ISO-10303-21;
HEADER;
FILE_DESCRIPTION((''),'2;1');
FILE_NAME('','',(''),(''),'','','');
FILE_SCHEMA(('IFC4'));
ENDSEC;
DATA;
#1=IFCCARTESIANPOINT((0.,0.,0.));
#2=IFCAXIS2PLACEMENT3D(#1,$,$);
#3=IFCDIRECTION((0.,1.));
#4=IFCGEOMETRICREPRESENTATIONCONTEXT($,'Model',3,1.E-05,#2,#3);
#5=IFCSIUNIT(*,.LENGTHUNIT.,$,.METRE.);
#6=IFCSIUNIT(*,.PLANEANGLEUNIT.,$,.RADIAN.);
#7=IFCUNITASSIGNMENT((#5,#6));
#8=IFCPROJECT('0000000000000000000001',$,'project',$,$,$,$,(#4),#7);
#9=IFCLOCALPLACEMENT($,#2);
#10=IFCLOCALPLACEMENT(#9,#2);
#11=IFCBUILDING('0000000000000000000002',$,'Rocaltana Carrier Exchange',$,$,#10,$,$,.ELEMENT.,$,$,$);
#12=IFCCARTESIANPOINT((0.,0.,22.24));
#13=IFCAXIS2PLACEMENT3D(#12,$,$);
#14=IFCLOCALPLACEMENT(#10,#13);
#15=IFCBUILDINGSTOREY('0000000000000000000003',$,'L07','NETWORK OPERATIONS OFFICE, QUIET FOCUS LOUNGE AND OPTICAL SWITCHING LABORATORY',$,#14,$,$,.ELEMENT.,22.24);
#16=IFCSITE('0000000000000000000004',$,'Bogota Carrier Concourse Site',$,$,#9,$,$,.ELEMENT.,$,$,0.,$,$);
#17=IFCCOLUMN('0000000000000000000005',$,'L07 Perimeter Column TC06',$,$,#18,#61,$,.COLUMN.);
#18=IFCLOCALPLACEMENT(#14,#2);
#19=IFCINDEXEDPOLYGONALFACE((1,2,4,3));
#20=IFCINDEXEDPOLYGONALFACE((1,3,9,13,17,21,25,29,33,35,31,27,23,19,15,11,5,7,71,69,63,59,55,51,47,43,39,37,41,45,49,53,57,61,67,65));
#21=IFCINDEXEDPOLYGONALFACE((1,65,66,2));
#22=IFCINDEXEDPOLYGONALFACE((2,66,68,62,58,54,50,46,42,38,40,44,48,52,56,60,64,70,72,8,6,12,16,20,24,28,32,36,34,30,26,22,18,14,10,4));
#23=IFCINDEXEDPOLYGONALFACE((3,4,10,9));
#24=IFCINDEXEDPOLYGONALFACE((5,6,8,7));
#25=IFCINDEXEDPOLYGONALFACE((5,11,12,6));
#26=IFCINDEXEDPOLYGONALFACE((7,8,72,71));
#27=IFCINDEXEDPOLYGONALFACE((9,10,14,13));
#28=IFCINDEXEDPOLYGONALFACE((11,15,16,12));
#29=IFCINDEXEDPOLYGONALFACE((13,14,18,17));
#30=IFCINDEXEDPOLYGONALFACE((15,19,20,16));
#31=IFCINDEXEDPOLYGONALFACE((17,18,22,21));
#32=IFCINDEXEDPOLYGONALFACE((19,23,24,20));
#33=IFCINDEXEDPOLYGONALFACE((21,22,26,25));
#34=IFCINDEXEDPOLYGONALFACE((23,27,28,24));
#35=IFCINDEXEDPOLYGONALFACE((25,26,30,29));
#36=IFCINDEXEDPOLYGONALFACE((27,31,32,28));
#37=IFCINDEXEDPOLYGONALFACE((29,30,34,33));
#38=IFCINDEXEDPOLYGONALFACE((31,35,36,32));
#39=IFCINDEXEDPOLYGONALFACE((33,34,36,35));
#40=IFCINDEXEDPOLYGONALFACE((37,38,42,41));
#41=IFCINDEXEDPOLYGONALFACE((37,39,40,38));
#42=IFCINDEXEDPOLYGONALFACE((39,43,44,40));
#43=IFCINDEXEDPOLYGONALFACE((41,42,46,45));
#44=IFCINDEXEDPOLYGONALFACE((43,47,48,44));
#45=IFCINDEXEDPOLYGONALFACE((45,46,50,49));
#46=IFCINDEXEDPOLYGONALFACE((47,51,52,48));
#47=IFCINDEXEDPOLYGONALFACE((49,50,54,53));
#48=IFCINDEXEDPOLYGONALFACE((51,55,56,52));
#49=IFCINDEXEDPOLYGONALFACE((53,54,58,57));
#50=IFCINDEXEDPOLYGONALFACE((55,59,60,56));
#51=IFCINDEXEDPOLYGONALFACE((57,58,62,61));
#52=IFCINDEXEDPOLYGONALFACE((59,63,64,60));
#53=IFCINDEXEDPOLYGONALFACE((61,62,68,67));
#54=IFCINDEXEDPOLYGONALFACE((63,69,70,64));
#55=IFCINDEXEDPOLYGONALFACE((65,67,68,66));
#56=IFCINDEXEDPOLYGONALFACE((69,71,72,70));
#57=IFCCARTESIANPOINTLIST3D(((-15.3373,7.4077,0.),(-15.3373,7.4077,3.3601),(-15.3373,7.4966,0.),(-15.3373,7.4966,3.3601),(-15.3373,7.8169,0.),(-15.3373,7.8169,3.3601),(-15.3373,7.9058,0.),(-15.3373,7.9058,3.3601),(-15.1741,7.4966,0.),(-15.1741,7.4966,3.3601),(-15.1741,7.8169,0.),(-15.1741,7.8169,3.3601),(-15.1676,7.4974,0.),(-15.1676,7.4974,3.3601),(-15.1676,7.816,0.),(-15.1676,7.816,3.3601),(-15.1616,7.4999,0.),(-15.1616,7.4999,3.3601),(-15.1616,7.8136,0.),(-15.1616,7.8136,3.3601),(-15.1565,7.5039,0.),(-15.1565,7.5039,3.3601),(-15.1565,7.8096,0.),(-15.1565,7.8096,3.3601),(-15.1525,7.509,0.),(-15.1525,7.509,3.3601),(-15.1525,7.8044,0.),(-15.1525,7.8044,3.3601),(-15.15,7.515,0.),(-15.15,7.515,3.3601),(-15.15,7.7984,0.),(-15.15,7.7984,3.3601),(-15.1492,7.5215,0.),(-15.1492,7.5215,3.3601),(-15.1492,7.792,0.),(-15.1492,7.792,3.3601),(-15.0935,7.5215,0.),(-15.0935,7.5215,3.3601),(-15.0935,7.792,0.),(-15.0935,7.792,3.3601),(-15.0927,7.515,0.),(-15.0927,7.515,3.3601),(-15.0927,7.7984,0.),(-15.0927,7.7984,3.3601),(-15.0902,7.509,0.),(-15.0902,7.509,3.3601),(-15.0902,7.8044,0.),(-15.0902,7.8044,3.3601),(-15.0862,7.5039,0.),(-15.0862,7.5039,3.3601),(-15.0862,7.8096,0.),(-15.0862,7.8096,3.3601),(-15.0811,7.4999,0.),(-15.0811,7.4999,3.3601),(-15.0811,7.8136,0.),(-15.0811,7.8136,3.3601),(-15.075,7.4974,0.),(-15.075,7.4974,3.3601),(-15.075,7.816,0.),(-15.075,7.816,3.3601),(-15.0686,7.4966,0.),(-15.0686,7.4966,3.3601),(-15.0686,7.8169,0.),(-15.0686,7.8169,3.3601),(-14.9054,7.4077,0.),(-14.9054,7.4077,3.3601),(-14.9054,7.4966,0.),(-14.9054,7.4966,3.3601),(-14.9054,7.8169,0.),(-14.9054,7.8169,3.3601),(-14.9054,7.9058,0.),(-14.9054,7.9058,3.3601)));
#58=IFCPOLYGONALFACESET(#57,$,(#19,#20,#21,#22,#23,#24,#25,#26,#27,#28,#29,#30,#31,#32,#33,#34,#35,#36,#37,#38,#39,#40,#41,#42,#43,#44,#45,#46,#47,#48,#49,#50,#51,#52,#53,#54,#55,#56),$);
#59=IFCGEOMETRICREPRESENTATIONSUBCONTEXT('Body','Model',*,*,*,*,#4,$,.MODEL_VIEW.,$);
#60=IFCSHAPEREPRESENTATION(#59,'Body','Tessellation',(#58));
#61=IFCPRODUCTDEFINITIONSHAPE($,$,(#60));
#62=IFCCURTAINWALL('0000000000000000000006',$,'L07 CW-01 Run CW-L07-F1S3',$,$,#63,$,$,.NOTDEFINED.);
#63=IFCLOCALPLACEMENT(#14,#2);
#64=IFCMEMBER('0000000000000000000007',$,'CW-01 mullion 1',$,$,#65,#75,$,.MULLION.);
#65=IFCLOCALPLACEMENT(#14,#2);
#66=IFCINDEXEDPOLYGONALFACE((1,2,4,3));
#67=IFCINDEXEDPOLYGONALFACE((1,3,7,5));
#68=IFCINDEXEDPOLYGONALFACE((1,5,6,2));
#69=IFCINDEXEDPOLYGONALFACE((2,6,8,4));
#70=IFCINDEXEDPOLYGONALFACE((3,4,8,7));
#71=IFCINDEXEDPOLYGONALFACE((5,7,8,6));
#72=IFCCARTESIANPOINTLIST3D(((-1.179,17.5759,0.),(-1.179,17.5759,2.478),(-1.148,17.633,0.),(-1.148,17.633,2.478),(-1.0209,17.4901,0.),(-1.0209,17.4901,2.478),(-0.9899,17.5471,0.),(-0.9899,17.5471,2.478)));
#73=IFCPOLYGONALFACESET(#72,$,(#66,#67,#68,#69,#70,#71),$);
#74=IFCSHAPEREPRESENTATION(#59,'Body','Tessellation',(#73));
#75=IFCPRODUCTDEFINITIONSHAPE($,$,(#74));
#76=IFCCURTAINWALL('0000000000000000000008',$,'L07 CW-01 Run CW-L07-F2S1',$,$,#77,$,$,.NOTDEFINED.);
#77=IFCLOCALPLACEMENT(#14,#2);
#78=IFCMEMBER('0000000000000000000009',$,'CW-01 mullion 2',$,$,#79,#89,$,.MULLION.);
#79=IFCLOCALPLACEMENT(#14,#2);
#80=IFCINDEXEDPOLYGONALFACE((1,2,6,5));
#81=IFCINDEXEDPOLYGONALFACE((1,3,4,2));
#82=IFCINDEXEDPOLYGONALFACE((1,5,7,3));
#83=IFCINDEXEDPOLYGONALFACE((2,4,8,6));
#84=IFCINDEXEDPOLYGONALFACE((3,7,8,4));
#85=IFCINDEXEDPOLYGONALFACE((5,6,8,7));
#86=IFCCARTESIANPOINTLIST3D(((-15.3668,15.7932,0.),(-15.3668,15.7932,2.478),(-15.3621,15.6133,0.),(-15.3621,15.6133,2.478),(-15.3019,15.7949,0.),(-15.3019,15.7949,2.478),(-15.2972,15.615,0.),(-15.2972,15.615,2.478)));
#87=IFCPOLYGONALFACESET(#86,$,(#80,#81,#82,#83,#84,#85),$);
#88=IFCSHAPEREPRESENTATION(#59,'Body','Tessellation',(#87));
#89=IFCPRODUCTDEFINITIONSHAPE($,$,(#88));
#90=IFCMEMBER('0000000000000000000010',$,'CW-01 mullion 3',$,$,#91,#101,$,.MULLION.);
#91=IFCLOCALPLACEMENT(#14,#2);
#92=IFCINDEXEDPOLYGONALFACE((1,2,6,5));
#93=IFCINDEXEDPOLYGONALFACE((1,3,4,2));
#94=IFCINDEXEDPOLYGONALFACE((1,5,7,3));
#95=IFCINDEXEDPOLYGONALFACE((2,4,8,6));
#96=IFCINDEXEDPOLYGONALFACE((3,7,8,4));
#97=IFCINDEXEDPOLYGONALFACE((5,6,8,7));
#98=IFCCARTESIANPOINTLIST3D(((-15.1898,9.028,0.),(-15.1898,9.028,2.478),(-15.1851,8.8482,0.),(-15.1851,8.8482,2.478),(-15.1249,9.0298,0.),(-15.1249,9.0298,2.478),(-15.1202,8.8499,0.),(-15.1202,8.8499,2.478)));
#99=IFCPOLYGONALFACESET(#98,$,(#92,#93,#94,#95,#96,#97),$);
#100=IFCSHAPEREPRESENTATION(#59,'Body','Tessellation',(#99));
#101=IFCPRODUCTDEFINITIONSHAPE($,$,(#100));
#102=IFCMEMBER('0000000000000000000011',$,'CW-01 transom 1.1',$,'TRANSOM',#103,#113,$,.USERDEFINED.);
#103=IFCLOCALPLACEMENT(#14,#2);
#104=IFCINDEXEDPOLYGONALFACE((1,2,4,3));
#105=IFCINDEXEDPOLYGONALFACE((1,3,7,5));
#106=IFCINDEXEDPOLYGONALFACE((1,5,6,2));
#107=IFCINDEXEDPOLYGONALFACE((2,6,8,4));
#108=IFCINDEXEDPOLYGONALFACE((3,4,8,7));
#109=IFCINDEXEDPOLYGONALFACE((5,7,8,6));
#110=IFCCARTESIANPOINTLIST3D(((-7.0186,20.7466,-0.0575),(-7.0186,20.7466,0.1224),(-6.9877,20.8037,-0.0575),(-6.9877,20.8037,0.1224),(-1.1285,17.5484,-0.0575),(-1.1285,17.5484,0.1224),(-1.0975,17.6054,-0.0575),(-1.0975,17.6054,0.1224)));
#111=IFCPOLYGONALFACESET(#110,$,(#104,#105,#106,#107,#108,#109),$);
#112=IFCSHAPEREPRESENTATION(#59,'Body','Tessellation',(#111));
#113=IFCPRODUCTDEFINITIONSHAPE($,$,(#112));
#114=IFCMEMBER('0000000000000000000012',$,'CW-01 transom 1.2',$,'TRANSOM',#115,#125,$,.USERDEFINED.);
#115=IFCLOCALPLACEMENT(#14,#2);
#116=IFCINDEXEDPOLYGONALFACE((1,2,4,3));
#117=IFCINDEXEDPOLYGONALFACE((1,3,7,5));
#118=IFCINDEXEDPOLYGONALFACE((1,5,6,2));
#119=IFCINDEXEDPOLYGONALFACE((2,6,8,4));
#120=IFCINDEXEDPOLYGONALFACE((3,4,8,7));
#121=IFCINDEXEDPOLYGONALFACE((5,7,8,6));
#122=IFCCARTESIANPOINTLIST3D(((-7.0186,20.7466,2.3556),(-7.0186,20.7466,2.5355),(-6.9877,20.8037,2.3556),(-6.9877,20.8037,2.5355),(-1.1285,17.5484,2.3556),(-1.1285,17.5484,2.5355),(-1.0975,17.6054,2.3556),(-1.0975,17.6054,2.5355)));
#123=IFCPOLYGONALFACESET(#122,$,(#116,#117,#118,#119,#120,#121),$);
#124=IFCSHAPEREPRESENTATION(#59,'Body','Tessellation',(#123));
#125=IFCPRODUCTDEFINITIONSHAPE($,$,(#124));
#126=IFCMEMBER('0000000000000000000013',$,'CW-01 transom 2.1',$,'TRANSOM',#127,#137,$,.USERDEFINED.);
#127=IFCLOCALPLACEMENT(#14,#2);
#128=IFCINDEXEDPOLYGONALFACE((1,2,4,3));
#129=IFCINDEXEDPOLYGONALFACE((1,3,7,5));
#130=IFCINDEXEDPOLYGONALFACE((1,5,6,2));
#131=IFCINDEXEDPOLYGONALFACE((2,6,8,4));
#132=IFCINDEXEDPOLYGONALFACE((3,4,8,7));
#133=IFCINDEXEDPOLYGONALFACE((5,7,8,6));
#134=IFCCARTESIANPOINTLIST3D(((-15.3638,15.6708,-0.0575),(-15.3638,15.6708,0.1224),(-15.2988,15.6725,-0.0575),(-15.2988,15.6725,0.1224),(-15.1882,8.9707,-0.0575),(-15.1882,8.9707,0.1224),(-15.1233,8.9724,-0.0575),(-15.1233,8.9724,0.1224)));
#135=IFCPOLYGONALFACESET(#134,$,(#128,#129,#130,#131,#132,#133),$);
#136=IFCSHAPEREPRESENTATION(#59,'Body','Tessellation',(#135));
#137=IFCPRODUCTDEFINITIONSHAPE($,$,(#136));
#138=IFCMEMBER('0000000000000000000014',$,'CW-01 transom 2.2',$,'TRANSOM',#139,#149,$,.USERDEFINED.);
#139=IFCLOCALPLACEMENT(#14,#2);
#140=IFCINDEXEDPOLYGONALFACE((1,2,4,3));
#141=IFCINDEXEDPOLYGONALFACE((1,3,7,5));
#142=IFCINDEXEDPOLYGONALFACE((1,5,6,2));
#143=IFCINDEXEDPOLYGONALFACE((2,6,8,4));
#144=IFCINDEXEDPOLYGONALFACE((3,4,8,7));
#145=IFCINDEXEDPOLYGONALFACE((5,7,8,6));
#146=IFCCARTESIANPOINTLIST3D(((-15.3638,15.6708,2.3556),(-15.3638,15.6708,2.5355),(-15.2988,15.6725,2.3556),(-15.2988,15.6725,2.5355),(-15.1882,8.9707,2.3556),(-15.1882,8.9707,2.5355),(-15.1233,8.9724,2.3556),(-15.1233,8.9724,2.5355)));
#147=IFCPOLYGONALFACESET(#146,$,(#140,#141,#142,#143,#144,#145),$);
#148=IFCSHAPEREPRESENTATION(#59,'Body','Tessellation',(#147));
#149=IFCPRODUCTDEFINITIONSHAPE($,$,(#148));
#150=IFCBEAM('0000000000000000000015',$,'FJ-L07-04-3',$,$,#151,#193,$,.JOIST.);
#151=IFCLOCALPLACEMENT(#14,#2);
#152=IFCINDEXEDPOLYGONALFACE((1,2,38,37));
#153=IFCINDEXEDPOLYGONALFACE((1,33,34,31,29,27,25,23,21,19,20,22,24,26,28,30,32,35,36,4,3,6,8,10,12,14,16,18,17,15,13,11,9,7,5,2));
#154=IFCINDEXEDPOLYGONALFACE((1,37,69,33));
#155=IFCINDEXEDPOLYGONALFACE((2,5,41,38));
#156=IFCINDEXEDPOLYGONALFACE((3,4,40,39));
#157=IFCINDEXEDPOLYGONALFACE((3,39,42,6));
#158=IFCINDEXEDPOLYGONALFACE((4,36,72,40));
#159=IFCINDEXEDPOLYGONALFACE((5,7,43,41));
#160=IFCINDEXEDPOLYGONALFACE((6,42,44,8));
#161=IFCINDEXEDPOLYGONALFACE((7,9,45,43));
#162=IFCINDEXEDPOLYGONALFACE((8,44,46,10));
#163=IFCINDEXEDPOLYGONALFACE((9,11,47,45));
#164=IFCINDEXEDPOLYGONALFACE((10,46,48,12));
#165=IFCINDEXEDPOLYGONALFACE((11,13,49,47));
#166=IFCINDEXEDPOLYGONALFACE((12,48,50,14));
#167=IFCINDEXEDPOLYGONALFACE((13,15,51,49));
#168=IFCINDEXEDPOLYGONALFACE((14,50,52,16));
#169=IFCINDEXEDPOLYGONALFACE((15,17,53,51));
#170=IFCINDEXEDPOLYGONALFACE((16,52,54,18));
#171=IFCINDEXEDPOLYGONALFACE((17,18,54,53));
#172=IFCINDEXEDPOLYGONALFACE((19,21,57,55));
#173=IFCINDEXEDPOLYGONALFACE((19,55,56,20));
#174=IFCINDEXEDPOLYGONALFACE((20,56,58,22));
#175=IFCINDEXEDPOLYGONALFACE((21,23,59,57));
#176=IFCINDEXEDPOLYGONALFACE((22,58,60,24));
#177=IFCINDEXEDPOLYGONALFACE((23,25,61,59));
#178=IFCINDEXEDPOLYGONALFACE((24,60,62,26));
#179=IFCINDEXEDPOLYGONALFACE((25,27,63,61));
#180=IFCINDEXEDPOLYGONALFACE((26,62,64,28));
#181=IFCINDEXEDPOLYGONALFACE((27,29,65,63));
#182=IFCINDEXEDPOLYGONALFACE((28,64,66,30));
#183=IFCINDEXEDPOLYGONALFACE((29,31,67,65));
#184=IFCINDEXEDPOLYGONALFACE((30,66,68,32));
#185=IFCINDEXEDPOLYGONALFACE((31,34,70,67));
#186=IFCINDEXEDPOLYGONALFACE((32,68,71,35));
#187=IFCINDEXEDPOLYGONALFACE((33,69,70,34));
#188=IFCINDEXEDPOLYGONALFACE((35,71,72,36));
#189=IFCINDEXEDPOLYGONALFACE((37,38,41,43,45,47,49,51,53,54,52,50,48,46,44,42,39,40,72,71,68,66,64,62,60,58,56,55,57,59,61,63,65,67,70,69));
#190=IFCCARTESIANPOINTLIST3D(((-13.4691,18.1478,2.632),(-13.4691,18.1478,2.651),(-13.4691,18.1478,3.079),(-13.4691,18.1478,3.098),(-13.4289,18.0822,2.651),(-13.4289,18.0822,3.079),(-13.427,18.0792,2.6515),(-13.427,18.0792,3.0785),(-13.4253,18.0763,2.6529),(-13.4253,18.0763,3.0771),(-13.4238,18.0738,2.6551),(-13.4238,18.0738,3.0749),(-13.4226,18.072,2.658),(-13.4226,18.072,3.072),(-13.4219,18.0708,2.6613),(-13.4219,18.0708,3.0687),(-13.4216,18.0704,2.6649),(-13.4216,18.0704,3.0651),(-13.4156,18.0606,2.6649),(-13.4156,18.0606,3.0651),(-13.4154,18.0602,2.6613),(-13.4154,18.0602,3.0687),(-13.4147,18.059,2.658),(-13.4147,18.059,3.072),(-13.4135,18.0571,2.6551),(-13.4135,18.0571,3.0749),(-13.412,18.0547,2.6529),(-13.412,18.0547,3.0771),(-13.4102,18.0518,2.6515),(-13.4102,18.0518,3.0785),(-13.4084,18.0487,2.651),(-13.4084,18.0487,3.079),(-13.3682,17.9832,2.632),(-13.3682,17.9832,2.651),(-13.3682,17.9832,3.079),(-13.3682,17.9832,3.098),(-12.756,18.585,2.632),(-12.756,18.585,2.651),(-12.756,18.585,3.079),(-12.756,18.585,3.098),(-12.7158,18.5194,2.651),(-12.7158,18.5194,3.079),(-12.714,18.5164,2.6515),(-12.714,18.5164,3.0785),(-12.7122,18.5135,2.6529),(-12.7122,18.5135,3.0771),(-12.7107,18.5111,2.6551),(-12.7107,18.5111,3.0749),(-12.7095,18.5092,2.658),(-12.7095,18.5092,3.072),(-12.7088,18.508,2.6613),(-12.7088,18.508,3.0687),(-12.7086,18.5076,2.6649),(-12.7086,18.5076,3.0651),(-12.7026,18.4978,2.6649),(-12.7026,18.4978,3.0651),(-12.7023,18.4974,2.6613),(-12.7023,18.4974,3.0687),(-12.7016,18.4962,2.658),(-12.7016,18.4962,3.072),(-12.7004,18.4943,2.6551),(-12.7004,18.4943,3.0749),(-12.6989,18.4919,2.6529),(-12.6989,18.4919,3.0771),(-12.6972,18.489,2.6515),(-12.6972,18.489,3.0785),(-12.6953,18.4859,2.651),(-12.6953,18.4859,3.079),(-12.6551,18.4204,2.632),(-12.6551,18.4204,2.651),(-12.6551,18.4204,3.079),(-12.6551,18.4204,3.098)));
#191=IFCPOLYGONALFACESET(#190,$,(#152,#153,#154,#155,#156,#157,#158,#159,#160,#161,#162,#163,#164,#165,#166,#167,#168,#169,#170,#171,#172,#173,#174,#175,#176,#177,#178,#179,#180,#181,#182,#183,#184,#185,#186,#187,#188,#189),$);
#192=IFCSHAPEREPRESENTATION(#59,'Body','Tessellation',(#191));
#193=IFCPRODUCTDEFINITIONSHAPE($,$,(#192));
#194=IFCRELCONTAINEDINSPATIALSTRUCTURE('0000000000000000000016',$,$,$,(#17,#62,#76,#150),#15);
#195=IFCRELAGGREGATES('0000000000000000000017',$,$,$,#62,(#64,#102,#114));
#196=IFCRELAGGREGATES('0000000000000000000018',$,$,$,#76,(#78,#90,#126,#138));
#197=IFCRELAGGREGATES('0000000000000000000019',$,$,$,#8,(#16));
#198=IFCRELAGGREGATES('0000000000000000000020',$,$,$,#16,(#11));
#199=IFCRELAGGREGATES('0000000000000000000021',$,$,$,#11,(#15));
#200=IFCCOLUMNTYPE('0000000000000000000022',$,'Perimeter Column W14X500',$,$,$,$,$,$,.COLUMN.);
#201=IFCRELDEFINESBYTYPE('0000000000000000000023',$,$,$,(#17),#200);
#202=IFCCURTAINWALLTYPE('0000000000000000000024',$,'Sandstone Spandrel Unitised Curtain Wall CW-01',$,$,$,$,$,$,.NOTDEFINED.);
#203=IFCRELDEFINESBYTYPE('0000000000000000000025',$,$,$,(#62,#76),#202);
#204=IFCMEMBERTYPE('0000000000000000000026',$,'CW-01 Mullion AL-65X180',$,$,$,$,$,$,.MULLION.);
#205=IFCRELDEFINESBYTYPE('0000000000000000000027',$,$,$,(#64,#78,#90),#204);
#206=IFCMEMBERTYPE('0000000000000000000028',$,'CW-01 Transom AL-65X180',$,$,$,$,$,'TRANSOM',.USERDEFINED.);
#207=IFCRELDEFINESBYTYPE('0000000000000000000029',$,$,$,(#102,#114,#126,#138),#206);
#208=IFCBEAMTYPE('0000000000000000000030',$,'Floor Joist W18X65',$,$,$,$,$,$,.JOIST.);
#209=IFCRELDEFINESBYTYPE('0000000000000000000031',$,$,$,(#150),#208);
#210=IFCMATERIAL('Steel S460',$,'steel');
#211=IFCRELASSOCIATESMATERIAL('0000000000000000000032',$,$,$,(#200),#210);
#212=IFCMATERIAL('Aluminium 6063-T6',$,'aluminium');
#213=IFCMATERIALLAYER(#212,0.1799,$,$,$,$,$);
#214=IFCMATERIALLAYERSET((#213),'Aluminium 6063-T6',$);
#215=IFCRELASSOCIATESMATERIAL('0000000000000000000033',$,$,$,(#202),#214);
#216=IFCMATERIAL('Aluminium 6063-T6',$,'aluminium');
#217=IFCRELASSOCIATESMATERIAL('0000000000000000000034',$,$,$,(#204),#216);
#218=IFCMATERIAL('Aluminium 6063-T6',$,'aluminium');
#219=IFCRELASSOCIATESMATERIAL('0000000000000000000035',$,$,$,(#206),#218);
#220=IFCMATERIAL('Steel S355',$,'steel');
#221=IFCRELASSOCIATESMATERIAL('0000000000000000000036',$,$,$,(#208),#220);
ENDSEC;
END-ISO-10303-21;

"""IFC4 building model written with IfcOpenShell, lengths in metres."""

from ifc_helpers import new_model, si_unit, direction, frame, origin, origin_2d, place, context, subcontext, project, spatial, rectangle, i_section, extrude, material, layer, layer_set, material_profile, profile_set, type_object, element, aggregate, save


model = new_model("IFC4")

# Units and contexts
model_context = context("Model", 3, precision=1e-05, world=origin(), true_north=direction((0.0, 1.0)))
body_context = subcontext(model_context, "Body", "Model", "MODEL_VIEW")
ifc_project = project(units=[si_unit("LENGTHUNIT", "METRE"), si_unit("PLANEANGLEUNIT", "RADIAN")], contexts=[model_context])

# Site, building, storey
site_placement = place(None, origin())
site = spatial("IfcSite", under=ifc_project, at=site_placement, Name="Bogota Carrier Concourse Site", CompositionType="ELEMENT", RefElevation=0.0)
building_placement = place(site_placement, origin())
building = spatial("IfcBuilding", under=site, at=building_placement, Name="Rocaltana Carrier Exchange", CompositionType="ELEMENT")
storey_placement = place(building_placement, frame((0.0, 0.0, 22.24)))
storey = spatial("IfcBuildingStorey", under=building, at=storey_placement, Name="L07", Description="NETWORK OPERATIONS OFFICE, QUIET FOCUS LOUNGE AND OPTICAL SWITCHING LABORATORY", CompositionType="ELEMENT", Elevation=22.24)

# Column
ifc_material_1 = material(Name="Steel S460", Category="steel")
ifc_material_profile_1 = material_profile(ifc_material_1, i_section(OverallWidth=0.4319, OverallDepth=0.498, WebThickness=0.0557, FlangeThickness=0.0889, FilletRadius=0.0249, at=origin_2d()), Name="W14X500")
ifc_profile_set_1 = profile_set([ifc_material_profile_1], Name="Steel S460")
column_type = type_object("IfcColumnType", Name="Perimeter Column W14X500", PredefinedType="COLUMN", material=ifc_profile_set_1)
column_placement = place(storey_placement, frame((-15.1213, 7.6567, 0.0), z_axis=(0.0, 0.0, 1.0), x_axis=(1.0, 0.0, 0.0)))
element("IfcColumn", 1, at=column_placement, inside=storey, type_object=column_type, Name="L07 Perimeter Column TC06", PredefinedType="COLUMN", context=body_context, shape_type="SweptSolid", body=[
    extrude(i_section(OverallWidth=0.4319, OverallDepth=0.498, WebThickness=0.0557, FlangeThickness=0.0889, FilletRadius=0.0249, at=origin_2d()), origin(), (0.0, 0.0, 1.0), 3.3601),
])

# Curtain wall, member
ifc_material_2 = material(Name="Aluminium 6063-T6", Category="aluminium")
ifc_layer_1 = layer(ifc_material_2, 0.1799)
ifc_layer_set_1 = layer_set([ifc_layer_1], Name="Aluminium 6063-T6")
curtain_wall_type = type_object("IfcCurtainWallType", Name="Sandstone Spandrel Unitised Curtain Wall CW-01", PredefinedType="NOTDEFINED", material=ifc_layer_set_1)
curtain_wall_1_placement = place(storey_placement, origin())
curtain_wall_1 = element("IfcCurtainWall", 2, at=curtain_wall_1_placement, inside=storey, type_object=curtain_wall_type, Name="L07 CW-01 Run CW-L07-F1S3", PredefinedType="NOTDEFINED")
ifc_material_3 = material(Name="Aluminium 6063-T6", Category="aluminium")
ifc_material_profile_2 = material_profile(ifc_material_3, rectangle(XDim=0.0649, YDim=0.1799, at=origin_2d()), Name="AL-65X180")
ifc_profile_set_2 = profile_set([ifc_material_profile_2], Name="Aluminium 6063-T6")
member_type_1 = type_object("IfcMemberType", Name="CW-01 Mullion AL-65X180", PredefinedType="MULLION", material=ifc_profile_set_2)
member_1_placement = place(storey_placement, frame((-1.0845, 17.5615, 0.0), z_axis=(0.0, 0.0, 1.0), x_axis=(-0.477156, -0.878819, 0.0)))
member_1 = element("IfcMember", 3, at=member_1_placement, type_object=member_type_1, Name="CW-01 mullion 1", PredefinedType="MULLION", context=body_context, shape_type="SweptSolid", body=[
    extrude(rectangle(XDim=0.0649, YDim=0.1799, at=origin_2d()), origin(), (0.0, 0.0, 1.0), 2.478),
])

# Curtain wall, members
curtain_wall_2_placement = place(storey_placement, origin())
curtain_wall_2 = element("IfcCurtainWall", 4, at=curtain_wall_2_placement, inside=storey, type_object=curtain_wall_type, Name="L07 CW-01 Run CW-L07-F2S1", PredefinedType="NOTDEFINED")
member_2_placement = place(storey_placement, frame((-15.332, 15.7041, 0.0), z_axis=(0.0, 0.0, 1.0), x_axis=(0.999657, 0.026184, 0.0)))
member_2 = element("IfcMember", 5, at=member_2_placement, type_object=member_type_1, Name="CW-01 mullion 2", PredefinedType="MULLION", context=body_context, shape_type="SweptSolid", body=[
    extrude(rectangle(XDim=0.0649, YDim=0.1799, at=origin_2d()), origin(), (0.0, 0.0, 1.0), 2.478),
])
member_3_placement = place(storey_placement, frame((-15.155, 8.939, 0.0), z_axis=(0.0, 0.0, 1.0), x_axis=(0.999657, 0.026184, 0.0)))
member_3 = element("IfcMember", 6, at=member_3_placement, type_object=member_type_1, Name="CW-01 mullion 3", PredefinedType="MULLION", context=body_context, shape_type="SweptSolid", body=[
    extrude(rectangle(XDim=0.0649, YDim=0.1799, at=origin_2d()), origin(), (0.0, 0.0, 1.0), 2.478),
])

# Members
ifc_material_4 = material(Name="Aluminium 6063-T6", Category="aluminium")
ifc_material_profile_3 = material_profile(ifc_material_4, rectangle(XDim=0.0649, YDim=0.1799, at=origin_2d()), Name="AL-65X180")
ifc_profile_set_3 = profile_set([ifc_material_profile_3], Name="Aluminium 6063-T6")
member_type_2 = type_object("IfcMemberType", Name="CW-01 Transom AL-65X180", ElementType="TRANSOM", PredefinedType="USERDEFINED", material=ifc_profile_set_3)
member_4_placement = place(storey_placement, frame((-1.113, 17.5769, 0.0325), z_axis=(-0.878807, 0.477177, 0.0), x_axis=(-0.477177, -0.878807, 0.0)))
member_4 = element("IfcMember", 7, at=member_4_placement, type_object=member_type_2, Name="CW-01 transom 1.1", ObjectType="TRANSOM", PredefinedType="USERDEFINED", context=body_context, shape_type="SweptSolid", body=[
    extrude(rectangle(XDim=0.0649, YDim=0.1799, at=origin_2d()), origin(), (0.0, 0.0, 1.0), 6.7024),
])
member_5_placement = place(storey_placement, frame((-1.113, 17.5769, 2.4456), z_axis=(-0.878807, 0.477177, 0.0), x_axis=(-0.477177, -0.878807, 0.0)))
member_5 = element("IfcMember", 8, at=member_5_placement, type_object=member_type_2, Name="CW-01 transom 1.2", ObjectType="TRANSOM", PredefinedType="USERDEFINED", context=body_context, shape_type="SweptSolid", body=[
    extrude(rectangle(XDim=0.0649, YDim=0.1799, at=origin_2d()), origin(), (0.0, 0.0, 1.0), 6.7024),
])
member_6_placement = place(storey_placement, frame((-15.3313, 15.6716, 0.0325), z_axis=(0.02619, -0.999657, 0.0), x_axis=(0.999657, 0.02619, 0.0)))
member_6 = element("IfcMember", 9, at=member_6_placement, type_object=member_type_2, Name="CW-01 transom 2.1", ObjectType="TRANSOM", PredefinedType="USERDEFINED", context=body_context, shape_type="SweptSolid", body=[
    extrude(rectangle(XDim=0.0649, YDim=0.1799, at=origin_2d()), origin(), (0.0, 0.0, 1.0), 6.7024),
])
member_7_placement = place(storey_placement, frame((-15.3313, 15.6716, 2.4456), z_axis=(0.02619, -0.999657, 0.0), x_axis=(0.999657, 0.02619, 0.0)))
member_7 = element("IfcMember", 10, at=member_7_placement, type_object=member_type_2, Name="CW-01 transom 2.2", ObjectType="TRANSOM", PredefinedType="USERDEFINED", context=body_context, shape_type="SweptSolid", body=[
    extrude(rectangle(XDim=0.0649, YDim=0.1799, at=origin_2d()), origin(), (0.0, 0.0, 1.0), 6.7024),
])

# Beam
ifc_material_5 = material(Name="Steel S355", Category="steel")
ifc_material_profile_4 = material_profile(ifc_material_5, i_section(OverallWidth=0.1931, OverallDepth=0.4661, WebThickness=0.0115, FlangeThickness=0.019, FilletRadius=0.0139, at=origin_2d()), Name="W18X65")
ifc_profile_set_4 = profile_set([ifc_material_profile_4], Name="Steel S355")
beam_type_1 = type_object("IfcBeamType", Name="Floor Joist W18X65", PredefinedType="JOIST", material=ifc_profile_set_4)
beam_1_placement = place(storey_placement, frame((-12.7056, 18.5027, 2.865), z_axis=(-0.852509, -0.522713, 0.0), x_axis=(0.522713, -0.852509, 0.0)))
element("IfcBeam", 11, at=beam_1_placement, inside=storey, type_object=beam_type_1, Name="FJ-L07-04-3", PredefinedType="JOIST", context=body_context, shape_type="SweptSolid", body=[
    extrude(i_section(OverallWidth=0.1931, OverallDepth=0.4661, WebThickness=0.0115, FlangeThickness=0.019, FilletRadius=0.0139, at=origin_2d()), origin(), (0.0, 0.0, 1.0), 0.8364),
])

aggregate(curtain_wall_1, [member_1, member_4, member_5])
aggregate(curtain_wall_2, [member_2, member_3, member_6, member_7])

save(model, "model.ifc")
